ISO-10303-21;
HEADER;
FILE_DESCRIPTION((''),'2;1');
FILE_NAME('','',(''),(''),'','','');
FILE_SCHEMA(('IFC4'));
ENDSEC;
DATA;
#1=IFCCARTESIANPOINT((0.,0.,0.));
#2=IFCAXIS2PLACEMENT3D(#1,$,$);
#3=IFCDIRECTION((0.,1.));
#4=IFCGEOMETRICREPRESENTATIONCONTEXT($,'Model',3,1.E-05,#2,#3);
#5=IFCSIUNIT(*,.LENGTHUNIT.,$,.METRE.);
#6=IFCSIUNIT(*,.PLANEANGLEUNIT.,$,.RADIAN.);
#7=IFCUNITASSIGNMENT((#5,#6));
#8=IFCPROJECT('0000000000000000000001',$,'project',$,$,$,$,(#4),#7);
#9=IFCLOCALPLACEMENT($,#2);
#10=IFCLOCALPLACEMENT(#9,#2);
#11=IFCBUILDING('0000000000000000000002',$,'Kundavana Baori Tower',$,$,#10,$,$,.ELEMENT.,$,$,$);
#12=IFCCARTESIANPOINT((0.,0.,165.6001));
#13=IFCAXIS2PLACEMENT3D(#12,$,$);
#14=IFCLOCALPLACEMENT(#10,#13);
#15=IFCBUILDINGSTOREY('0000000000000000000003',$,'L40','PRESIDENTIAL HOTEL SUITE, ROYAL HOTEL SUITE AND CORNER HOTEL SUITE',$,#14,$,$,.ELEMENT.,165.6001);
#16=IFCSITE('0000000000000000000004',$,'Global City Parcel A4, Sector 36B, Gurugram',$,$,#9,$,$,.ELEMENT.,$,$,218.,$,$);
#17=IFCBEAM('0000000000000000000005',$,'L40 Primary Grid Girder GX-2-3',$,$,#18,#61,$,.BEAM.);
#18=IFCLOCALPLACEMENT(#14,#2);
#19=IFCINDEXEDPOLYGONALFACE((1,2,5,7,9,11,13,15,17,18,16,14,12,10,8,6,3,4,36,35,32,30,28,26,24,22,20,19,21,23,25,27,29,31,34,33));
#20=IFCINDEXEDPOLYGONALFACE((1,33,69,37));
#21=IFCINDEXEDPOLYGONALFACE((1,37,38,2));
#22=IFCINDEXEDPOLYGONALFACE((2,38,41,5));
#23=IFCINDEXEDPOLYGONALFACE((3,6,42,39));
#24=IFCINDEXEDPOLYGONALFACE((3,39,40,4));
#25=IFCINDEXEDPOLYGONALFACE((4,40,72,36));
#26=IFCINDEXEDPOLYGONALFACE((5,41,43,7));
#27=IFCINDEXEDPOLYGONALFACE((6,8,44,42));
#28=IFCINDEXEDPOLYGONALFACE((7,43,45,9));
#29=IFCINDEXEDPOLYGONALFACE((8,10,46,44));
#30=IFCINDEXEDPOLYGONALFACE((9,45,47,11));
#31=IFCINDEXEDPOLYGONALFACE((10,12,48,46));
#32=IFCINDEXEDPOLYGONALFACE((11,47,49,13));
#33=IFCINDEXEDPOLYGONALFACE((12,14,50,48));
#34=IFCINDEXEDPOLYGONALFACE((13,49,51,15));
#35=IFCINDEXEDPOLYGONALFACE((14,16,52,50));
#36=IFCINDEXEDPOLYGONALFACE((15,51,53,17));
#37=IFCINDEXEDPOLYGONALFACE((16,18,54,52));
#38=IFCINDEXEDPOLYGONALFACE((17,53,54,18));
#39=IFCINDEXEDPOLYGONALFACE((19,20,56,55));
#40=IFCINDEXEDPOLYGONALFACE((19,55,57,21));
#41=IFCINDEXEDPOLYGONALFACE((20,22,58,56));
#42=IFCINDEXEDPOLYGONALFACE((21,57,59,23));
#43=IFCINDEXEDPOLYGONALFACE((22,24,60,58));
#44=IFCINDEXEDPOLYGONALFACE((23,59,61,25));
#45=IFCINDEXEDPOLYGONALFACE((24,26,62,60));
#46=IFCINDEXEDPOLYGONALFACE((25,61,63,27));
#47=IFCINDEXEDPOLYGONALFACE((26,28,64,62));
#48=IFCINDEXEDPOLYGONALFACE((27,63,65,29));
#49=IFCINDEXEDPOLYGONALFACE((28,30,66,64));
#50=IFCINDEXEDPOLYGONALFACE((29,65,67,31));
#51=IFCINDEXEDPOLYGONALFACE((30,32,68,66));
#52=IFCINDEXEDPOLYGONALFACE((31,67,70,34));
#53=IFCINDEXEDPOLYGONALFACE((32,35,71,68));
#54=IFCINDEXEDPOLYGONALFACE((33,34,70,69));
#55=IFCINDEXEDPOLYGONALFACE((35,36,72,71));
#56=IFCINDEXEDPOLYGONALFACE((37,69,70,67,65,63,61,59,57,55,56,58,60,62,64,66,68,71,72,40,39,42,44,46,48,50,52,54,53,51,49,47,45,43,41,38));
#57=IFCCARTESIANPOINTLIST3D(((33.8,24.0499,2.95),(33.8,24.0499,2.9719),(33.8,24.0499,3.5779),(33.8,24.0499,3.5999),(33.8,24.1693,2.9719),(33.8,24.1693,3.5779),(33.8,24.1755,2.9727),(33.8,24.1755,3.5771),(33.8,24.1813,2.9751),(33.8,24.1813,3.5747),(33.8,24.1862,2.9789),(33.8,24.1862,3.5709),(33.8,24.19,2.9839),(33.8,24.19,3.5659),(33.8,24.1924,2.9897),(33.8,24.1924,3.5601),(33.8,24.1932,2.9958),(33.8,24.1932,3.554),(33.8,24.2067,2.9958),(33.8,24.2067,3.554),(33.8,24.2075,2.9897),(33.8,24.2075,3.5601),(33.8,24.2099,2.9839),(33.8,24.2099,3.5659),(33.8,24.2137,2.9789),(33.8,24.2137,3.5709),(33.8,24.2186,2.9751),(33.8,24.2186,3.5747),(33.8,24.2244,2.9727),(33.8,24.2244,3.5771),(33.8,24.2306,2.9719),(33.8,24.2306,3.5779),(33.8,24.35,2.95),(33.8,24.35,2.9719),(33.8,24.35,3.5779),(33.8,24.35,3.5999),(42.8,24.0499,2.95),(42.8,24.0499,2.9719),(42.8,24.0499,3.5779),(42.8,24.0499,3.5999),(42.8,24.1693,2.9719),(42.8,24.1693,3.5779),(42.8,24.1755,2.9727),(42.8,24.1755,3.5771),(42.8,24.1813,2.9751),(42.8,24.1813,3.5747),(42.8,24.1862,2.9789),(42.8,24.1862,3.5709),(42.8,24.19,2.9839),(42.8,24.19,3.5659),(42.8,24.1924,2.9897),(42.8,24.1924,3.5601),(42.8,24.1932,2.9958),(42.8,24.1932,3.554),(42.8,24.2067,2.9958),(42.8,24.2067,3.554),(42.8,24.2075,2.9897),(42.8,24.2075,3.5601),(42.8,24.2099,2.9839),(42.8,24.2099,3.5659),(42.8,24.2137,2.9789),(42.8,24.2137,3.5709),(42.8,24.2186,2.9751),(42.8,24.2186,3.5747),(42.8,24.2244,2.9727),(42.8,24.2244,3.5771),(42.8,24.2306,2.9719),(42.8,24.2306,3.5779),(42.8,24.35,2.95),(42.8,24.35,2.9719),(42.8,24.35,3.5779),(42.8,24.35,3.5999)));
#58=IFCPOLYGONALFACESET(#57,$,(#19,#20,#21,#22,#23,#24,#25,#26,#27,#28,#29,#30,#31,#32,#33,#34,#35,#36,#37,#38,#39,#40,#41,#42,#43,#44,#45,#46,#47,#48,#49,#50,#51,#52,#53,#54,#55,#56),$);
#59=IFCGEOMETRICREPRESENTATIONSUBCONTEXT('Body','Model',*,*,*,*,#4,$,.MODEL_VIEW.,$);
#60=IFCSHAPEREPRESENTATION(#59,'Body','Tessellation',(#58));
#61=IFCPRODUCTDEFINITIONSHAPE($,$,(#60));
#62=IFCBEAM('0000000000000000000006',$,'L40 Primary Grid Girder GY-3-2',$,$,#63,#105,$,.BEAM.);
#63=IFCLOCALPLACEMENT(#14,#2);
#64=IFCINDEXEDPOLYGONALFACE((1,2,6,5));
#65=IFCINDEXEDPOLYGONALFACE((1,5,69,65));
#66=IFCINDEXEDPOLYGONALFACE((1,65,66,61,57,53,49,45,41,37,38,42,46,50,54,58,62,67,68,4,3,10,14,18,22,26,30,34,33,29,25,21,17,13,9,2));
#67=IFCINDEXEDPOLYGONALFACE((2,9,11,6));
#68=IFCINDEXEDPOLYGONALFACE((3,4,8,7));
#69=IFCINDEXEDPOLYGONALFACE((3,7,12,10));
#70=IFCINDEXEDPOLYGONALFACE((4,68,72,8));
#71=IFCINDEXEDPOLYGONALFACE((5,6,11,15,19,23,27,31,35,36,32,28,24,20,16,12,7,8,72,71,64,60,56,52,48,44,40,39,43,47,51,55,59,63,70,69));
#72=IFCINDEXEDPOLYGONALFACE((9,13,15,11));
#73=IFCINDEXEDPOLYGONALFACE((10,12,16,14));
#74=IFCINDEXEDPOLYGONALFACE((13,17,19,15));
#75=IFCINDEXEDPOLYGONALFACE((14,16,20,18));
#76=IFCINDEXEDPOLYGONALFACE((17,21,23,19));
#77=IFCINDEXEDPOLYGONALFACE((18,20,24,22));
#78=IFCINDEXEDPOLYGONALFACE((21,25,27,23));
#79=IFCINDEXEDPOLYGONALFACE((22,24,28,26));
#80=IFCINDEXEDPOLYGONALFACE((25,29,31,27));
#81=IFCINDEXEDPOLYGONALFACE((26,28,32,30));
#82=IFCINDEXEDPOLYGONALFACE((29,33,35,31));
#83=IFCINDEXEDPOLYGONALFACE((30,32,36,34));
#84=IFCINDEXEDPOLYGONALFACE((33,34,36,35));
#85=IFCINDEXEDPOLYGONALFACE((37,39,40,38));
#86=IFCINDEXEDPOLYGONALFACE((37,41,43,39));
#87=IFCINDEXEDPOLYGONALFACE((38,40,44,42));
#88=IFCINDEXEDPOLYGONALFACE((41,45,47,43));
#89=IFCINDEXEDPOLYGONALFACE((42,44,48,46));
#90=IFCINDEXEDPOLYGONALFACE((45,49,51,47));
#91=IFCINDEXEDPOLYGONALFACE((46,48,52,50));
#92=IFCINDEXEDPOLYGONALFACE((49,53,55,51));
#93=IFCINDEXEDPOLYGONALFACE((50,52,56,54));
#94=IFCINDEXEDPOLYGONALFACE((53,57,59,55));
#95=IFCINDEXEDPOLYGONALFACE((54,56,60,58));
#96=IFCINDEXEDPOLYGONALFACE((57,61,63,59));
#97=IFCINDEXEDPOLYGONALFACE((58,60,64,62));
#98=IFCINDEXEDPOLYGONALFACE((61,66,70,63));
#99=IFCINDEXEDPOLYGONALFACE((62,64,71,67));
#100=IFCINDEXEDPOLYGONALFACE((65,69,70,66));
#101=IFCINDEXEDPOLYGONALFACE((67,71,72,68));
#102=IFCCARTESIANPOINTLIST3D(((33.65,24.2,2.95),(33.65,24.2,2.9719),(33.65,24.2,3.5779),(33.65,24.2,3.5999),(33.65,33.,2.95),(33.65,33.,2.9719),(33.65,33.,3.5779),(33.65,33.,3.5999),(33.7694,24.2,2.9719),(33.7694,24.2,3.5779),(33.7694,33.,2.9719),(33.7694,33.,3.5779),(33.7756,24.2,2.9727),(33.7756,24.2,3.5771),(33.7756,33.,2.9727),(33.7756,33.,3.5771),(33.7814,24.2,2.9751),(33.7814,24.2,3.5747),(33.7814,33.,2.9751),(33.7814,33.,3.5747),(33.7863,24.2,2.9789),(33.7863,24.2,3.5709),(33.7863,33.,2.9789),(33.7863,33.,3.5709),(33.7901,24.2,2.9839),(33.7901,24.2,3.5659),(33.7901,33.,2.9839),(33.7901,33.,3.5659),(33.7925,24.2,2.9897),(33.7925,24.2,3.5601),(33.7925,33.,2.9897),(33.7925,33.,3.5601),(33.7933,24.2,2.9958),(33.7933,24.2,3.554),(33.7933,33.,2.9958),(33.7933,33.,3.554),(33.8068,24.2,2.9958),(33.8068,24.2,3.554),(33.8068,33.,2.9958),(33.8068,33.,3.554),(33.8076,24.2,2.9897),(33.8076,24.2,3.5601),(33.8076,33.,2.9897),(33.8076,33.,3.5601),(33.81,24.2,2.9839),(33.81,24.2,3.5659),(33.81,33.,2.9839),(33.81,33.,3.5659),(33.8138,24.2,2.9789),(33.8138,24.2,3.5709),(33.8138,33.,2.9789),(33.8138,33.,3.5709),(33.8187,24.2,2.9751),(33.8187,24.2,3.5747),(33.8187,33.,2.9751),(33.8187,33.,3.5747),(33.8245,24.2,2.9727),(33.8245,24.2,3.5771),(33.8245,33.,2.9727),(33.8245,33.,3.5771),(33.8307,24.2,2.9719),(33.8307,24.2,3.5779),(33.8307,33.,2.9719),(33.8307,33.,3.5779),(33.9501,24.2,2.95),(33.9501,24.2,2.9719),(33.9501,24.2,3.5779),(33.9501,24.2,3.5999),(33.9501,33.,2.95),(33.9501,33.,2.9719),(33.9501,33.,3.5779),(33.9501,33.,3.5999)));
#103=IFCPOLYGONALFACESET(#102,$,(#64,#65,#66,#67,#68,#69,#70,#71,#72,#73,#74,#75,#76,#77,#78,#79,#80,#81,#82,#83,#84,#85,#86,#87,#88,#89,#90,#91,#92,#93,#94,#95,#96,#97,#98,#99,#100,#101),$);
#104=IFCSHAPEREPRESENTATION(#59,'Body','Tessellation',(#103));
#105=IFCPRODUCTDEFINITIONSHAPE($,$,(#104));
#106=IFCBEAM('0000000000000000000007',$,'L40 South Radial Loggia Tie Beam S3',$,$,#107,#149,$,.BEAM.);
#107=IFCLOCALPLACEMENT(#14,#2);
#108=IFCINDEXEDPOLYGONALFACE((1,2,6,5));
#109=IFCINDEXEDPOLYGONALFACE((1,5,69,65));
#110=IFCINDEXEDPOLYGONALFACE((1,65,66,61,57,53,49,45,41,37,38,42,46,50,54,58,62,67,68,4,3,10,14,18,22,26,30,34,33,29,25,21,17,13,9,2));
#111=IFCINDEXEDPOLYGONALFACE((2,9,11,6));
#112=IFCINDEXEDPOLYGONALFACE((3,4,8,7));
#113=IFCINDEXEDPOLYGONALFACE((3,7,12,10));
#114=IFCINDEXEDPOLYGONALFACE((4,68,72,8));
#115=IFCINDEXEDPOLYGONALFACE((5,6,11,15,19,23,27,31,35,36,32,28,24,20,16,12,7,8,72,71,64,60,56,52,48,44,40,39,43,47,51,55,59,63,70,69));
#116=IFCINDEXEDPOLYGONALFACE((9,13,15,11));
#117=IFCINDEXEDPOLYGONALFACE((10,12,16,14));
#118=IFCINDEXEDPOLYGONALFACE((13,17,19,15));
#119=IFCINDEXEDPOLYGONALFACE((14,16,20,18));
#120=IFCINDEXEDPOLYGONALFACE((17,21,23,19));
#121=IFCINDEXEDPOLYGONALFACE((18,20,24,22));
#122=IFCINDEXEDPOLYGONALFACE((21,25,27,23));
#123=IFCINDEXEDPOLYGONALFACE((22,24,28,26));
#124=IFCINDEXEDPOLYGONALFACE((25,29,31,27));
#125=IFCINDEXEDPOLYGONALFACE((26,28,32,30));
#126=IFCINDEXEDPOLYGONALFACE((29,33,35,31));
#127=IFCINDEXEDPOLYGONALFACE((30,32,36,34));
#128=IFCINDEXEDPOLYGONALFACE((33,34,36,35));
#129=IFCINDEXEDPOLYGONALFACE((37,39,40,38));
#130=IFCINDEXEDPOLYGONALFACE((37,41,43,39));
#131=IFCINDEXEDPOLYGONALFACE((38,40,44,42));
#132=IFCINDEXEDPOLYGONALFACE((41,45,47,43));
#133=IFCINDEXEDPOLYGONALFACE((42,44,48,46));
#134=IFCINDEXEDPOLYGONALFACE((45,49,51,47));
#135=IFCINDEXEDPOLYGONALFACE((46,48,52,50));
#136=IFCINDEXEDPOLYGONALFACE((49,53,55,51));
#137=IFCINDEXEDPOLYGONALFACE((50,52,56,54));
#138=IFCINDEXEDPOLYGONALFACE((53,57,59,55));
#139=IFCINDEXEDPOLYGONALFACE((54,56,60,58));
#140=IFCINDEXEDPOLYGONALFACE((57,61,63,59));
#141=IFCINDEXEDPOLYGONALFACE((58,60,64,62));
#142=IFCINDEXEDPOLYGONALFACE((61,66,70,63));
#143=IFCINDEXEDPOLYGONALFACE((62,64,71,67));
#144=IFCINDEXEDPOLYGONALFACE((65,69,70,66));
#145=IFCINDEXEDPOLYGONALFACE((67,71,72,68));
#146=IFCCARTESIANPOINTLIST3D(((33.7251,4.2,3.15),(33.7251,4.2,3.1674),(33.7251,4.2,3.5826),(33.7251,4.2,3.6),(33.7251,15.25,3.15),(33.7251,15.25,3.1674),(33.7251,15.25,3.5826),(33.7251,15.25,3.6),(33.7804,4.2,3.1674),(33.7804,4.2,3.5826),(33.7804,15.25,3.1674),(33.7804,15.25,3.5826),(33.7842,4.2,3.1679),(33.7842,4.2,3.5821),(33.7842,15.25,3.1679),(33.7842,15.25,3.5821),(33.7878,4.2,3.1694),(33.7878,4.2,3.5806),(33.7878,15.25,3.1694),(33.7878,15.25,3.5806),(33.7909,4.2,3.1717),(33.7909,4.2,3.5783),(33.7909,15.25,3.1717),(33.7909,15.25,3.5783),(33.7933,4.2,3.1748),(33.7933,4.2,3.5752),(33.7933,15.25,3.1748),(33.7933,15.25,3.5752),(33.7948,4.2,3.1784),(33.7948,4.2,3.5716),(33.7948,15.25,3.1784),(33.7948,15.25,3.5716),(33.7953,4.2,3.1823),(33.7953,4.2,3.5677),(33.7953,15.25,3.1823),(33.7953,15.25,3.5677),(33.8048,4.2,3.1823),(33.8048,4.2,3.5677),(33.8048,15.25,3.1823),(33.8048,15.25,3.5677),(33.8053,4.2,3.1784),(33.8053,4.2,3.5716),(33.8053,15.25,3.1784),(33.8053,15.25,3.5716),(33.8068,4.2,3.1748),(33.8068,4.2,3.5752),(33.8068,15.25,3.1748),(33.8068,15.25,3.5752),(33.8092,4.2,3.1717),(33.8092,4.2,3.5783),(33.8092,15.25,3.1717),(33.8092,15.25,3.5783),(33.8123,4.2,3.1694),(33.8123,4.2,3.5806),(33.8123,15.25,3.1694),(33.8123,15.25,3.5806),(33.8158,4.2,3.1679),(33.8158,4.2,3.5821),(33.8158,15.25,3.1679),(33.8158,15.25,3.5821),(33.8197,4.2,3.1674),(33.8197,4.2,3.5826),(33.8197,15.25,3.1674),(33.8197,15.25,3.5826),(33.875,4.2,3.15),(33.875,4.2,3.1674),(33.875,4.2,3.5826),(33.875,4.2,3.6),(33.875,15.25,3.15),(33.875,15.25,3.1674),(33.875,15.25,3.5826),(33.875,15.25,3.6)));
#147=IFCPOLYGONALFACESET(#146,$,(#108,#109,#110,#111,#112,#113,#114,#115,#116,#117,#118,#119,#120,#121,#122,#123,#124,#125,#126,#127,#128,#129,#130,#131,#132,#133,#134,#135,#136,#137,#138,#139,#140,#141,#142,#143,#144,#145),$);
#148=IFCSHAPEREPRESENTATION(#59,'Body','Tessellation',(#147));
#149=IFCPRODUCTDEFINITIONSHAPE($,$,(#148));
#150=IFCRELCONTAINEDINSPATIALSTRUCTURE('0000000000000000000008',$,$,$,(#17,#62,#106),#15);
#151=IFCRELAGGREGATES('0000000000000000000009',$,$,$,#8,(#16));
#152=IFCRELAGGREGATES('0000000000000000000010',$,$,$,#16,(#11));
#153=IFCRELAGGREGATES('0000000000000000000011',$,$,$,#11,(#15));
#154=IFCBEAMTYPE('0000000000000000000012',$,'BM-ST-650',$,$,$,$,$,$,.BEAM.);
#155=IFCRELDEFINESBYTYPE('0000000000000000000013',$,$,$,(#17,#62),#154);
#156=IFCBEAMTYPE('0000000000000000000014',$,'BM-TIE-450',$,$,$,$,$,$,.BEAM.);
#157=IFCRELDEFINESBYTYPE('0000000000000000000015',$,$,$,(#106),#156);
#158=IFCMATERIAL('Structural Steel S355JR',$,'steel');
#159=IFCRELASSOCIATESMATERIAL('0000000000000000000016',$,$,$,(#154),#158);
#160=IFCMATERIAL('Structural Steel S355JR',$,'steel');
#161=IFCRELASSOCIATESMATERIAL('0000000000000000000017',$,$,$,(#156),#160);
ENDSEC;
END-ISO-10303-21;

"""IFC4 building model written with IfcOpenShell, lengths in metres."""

from ifc_helpers import new_model, si_unit, direction, frame, origin, origin_2d, place, context, subcontext, project, spatial, i_section, extrude, material, material_profile, profile_set, type_object, element, save


model = new_model("IFC4")

# Units and contexts
model_context = context("Model", 3, precision=1e-05, world=origin(), true_north=direction((0.0, 1.0)))
body_context = subcontext(model_context, "Body", "Model", "MODEL_VIEW")
ifc_project = project(units=[si_unit("LENGTHUNIT", "METRE"), si_unit("PLANEANGLEUNIT", "RADIAN")], contexts=[model_context])

# Site, building, storey
site_placement = place(None, origin())
site = spatial("IfcSite", under=ifc_project, at=site_placement, Name="Global City Parcel A4, Sector 36B, Gurugram", CompositionType="ELEMENT", RefElevation=218.0)
building_placement = place(site_placement, origin())
building = spatial("IfcBuilding", under=site, at=building_placement, Name="Kundavana Baori Tower", CompositionType="ELEMENT")
storey_placement = place(building_placement, frame((0.0, 0.0, 165.6001)))
storey = spatial("IfcBuildingStorey", under=building, at=storey_placement, Name="L40", Description="PRESIDENTIAL HOTEL SUITE, ROYAL HOTEL SUITE AND CORNER HOTEL SUITE", CompositionType="ELEMENT", Elevation=165.6001)

# Beams
ifc_material_1 = material(Name="Structural Steel S355JR", Category="steel")
ifc_material_profile_1 = material_profile(ifc_material_1, i_section(OverallWidth=0.3, OverallDepth=0.6499, WebThickness=0.0134, FlangeThickness=0.022, FilletRadius=0.0239, at=origin_2d()), Name="NPB 650x300x155")
ifc_profile_set_1 = profile_set([ifc_material_profile_1], Name="Structural Steel S355JR")
beam_type_1 = type_object("IfcBeamType", Name="BM-ST-650", PredefinedType="BEAM", material=ifc_profile_set_1)
beam_1_placement = place(storey_placement, frame((33.8, 24.2, 3.2749), z_axis=(1.0, 0.0, 0.0), x_axis=(0.0, 1.0, 0.0)))
element("IfcBeam", 1, at=beam_1_placement, inside=storey, type_object=beam_type_1, Name="L40 Primary Grid Girder GX-2-3", PredefinedType="BEAM", context=body_context, shape_type="SweptSolid", body=[
    extrude(i_section(OverallWidth=0.3, OverallDepth=0.6499, WebThickness=0.0134, FlangeThickness=0.022, FilletRadius=0.0239, at=origin_2d()), origin(), (0.0, 0.0, 1.0), 9.0),
])
beam_2_placement = place(storey_placement, frame((33.8, 24.2, 3.2749), z_axis=(0.0, 1.0, 0.0), x_axis=(-1.0, 0.0, 0.0)))
element("IfcBeam", 2, at=beam_2_placement, inside=storey, type_object=beam_type_1, Name="L40 Primary Grid Girder GY-3-2", PredefinedType="BEAM", context=body_context, shape_type="SweptSolid", body=[
    extrude(i_section(OverallWidth=0.3, OverallDepth=0.6499, WebThickness=0.0134, FlangeThickness=0.022, FilletRadius=0.0239, at=origin_2d()), origin(), (0.0, 0.0, 1.0), 8.8),
])
ifc_material_2 = material(Name="Structural Steel S355JR", Category="steel")
ifc_material_profile_2 = material_profile(ifc_material_2, i_section(OverallWidth=0.1499, OverallDepth=0.45, WebThickness=0.0095, FlangeThickness=0.0173, FilletRadius=0.0149, at=origin_2d()), Name="ISMB 450")
ifc_profile_set_2 = profile_set([ifc_material_profile_2], Name="Structural Steel S355JR")
beam_type_2 = type_object("IfcBeamType", Name="BM-TIE-450", PredefinedType="BEAM", material=ifc_profile_set_2)
beam_3_placement = place(storey_placement, frame((33.8, 15.25, 3.375), z_axis=(0.0, -1.0, 0.0), x_axis=(1.0, 0.0, 0.0)))
element("IfcBeam", 3, at=beam_3_placement, inside=storey, type_object=beam_type_2, Name="L40 South Radial Loggia Tie Beam S3", PredefinedType="BEAM", context=body_context, shape_type="SweptSolid", body=[
    extrude(i_section(OverallWidth=0.1499, OverallDepth=0.45, WebThickness=0.0095, FlangeThickness=0.0173, FilletRadius=0.0149, at=origin_2d()), origin(), (0.0, 0.0, 1.0), 11.05),
])

save(model, "model.ifc")
